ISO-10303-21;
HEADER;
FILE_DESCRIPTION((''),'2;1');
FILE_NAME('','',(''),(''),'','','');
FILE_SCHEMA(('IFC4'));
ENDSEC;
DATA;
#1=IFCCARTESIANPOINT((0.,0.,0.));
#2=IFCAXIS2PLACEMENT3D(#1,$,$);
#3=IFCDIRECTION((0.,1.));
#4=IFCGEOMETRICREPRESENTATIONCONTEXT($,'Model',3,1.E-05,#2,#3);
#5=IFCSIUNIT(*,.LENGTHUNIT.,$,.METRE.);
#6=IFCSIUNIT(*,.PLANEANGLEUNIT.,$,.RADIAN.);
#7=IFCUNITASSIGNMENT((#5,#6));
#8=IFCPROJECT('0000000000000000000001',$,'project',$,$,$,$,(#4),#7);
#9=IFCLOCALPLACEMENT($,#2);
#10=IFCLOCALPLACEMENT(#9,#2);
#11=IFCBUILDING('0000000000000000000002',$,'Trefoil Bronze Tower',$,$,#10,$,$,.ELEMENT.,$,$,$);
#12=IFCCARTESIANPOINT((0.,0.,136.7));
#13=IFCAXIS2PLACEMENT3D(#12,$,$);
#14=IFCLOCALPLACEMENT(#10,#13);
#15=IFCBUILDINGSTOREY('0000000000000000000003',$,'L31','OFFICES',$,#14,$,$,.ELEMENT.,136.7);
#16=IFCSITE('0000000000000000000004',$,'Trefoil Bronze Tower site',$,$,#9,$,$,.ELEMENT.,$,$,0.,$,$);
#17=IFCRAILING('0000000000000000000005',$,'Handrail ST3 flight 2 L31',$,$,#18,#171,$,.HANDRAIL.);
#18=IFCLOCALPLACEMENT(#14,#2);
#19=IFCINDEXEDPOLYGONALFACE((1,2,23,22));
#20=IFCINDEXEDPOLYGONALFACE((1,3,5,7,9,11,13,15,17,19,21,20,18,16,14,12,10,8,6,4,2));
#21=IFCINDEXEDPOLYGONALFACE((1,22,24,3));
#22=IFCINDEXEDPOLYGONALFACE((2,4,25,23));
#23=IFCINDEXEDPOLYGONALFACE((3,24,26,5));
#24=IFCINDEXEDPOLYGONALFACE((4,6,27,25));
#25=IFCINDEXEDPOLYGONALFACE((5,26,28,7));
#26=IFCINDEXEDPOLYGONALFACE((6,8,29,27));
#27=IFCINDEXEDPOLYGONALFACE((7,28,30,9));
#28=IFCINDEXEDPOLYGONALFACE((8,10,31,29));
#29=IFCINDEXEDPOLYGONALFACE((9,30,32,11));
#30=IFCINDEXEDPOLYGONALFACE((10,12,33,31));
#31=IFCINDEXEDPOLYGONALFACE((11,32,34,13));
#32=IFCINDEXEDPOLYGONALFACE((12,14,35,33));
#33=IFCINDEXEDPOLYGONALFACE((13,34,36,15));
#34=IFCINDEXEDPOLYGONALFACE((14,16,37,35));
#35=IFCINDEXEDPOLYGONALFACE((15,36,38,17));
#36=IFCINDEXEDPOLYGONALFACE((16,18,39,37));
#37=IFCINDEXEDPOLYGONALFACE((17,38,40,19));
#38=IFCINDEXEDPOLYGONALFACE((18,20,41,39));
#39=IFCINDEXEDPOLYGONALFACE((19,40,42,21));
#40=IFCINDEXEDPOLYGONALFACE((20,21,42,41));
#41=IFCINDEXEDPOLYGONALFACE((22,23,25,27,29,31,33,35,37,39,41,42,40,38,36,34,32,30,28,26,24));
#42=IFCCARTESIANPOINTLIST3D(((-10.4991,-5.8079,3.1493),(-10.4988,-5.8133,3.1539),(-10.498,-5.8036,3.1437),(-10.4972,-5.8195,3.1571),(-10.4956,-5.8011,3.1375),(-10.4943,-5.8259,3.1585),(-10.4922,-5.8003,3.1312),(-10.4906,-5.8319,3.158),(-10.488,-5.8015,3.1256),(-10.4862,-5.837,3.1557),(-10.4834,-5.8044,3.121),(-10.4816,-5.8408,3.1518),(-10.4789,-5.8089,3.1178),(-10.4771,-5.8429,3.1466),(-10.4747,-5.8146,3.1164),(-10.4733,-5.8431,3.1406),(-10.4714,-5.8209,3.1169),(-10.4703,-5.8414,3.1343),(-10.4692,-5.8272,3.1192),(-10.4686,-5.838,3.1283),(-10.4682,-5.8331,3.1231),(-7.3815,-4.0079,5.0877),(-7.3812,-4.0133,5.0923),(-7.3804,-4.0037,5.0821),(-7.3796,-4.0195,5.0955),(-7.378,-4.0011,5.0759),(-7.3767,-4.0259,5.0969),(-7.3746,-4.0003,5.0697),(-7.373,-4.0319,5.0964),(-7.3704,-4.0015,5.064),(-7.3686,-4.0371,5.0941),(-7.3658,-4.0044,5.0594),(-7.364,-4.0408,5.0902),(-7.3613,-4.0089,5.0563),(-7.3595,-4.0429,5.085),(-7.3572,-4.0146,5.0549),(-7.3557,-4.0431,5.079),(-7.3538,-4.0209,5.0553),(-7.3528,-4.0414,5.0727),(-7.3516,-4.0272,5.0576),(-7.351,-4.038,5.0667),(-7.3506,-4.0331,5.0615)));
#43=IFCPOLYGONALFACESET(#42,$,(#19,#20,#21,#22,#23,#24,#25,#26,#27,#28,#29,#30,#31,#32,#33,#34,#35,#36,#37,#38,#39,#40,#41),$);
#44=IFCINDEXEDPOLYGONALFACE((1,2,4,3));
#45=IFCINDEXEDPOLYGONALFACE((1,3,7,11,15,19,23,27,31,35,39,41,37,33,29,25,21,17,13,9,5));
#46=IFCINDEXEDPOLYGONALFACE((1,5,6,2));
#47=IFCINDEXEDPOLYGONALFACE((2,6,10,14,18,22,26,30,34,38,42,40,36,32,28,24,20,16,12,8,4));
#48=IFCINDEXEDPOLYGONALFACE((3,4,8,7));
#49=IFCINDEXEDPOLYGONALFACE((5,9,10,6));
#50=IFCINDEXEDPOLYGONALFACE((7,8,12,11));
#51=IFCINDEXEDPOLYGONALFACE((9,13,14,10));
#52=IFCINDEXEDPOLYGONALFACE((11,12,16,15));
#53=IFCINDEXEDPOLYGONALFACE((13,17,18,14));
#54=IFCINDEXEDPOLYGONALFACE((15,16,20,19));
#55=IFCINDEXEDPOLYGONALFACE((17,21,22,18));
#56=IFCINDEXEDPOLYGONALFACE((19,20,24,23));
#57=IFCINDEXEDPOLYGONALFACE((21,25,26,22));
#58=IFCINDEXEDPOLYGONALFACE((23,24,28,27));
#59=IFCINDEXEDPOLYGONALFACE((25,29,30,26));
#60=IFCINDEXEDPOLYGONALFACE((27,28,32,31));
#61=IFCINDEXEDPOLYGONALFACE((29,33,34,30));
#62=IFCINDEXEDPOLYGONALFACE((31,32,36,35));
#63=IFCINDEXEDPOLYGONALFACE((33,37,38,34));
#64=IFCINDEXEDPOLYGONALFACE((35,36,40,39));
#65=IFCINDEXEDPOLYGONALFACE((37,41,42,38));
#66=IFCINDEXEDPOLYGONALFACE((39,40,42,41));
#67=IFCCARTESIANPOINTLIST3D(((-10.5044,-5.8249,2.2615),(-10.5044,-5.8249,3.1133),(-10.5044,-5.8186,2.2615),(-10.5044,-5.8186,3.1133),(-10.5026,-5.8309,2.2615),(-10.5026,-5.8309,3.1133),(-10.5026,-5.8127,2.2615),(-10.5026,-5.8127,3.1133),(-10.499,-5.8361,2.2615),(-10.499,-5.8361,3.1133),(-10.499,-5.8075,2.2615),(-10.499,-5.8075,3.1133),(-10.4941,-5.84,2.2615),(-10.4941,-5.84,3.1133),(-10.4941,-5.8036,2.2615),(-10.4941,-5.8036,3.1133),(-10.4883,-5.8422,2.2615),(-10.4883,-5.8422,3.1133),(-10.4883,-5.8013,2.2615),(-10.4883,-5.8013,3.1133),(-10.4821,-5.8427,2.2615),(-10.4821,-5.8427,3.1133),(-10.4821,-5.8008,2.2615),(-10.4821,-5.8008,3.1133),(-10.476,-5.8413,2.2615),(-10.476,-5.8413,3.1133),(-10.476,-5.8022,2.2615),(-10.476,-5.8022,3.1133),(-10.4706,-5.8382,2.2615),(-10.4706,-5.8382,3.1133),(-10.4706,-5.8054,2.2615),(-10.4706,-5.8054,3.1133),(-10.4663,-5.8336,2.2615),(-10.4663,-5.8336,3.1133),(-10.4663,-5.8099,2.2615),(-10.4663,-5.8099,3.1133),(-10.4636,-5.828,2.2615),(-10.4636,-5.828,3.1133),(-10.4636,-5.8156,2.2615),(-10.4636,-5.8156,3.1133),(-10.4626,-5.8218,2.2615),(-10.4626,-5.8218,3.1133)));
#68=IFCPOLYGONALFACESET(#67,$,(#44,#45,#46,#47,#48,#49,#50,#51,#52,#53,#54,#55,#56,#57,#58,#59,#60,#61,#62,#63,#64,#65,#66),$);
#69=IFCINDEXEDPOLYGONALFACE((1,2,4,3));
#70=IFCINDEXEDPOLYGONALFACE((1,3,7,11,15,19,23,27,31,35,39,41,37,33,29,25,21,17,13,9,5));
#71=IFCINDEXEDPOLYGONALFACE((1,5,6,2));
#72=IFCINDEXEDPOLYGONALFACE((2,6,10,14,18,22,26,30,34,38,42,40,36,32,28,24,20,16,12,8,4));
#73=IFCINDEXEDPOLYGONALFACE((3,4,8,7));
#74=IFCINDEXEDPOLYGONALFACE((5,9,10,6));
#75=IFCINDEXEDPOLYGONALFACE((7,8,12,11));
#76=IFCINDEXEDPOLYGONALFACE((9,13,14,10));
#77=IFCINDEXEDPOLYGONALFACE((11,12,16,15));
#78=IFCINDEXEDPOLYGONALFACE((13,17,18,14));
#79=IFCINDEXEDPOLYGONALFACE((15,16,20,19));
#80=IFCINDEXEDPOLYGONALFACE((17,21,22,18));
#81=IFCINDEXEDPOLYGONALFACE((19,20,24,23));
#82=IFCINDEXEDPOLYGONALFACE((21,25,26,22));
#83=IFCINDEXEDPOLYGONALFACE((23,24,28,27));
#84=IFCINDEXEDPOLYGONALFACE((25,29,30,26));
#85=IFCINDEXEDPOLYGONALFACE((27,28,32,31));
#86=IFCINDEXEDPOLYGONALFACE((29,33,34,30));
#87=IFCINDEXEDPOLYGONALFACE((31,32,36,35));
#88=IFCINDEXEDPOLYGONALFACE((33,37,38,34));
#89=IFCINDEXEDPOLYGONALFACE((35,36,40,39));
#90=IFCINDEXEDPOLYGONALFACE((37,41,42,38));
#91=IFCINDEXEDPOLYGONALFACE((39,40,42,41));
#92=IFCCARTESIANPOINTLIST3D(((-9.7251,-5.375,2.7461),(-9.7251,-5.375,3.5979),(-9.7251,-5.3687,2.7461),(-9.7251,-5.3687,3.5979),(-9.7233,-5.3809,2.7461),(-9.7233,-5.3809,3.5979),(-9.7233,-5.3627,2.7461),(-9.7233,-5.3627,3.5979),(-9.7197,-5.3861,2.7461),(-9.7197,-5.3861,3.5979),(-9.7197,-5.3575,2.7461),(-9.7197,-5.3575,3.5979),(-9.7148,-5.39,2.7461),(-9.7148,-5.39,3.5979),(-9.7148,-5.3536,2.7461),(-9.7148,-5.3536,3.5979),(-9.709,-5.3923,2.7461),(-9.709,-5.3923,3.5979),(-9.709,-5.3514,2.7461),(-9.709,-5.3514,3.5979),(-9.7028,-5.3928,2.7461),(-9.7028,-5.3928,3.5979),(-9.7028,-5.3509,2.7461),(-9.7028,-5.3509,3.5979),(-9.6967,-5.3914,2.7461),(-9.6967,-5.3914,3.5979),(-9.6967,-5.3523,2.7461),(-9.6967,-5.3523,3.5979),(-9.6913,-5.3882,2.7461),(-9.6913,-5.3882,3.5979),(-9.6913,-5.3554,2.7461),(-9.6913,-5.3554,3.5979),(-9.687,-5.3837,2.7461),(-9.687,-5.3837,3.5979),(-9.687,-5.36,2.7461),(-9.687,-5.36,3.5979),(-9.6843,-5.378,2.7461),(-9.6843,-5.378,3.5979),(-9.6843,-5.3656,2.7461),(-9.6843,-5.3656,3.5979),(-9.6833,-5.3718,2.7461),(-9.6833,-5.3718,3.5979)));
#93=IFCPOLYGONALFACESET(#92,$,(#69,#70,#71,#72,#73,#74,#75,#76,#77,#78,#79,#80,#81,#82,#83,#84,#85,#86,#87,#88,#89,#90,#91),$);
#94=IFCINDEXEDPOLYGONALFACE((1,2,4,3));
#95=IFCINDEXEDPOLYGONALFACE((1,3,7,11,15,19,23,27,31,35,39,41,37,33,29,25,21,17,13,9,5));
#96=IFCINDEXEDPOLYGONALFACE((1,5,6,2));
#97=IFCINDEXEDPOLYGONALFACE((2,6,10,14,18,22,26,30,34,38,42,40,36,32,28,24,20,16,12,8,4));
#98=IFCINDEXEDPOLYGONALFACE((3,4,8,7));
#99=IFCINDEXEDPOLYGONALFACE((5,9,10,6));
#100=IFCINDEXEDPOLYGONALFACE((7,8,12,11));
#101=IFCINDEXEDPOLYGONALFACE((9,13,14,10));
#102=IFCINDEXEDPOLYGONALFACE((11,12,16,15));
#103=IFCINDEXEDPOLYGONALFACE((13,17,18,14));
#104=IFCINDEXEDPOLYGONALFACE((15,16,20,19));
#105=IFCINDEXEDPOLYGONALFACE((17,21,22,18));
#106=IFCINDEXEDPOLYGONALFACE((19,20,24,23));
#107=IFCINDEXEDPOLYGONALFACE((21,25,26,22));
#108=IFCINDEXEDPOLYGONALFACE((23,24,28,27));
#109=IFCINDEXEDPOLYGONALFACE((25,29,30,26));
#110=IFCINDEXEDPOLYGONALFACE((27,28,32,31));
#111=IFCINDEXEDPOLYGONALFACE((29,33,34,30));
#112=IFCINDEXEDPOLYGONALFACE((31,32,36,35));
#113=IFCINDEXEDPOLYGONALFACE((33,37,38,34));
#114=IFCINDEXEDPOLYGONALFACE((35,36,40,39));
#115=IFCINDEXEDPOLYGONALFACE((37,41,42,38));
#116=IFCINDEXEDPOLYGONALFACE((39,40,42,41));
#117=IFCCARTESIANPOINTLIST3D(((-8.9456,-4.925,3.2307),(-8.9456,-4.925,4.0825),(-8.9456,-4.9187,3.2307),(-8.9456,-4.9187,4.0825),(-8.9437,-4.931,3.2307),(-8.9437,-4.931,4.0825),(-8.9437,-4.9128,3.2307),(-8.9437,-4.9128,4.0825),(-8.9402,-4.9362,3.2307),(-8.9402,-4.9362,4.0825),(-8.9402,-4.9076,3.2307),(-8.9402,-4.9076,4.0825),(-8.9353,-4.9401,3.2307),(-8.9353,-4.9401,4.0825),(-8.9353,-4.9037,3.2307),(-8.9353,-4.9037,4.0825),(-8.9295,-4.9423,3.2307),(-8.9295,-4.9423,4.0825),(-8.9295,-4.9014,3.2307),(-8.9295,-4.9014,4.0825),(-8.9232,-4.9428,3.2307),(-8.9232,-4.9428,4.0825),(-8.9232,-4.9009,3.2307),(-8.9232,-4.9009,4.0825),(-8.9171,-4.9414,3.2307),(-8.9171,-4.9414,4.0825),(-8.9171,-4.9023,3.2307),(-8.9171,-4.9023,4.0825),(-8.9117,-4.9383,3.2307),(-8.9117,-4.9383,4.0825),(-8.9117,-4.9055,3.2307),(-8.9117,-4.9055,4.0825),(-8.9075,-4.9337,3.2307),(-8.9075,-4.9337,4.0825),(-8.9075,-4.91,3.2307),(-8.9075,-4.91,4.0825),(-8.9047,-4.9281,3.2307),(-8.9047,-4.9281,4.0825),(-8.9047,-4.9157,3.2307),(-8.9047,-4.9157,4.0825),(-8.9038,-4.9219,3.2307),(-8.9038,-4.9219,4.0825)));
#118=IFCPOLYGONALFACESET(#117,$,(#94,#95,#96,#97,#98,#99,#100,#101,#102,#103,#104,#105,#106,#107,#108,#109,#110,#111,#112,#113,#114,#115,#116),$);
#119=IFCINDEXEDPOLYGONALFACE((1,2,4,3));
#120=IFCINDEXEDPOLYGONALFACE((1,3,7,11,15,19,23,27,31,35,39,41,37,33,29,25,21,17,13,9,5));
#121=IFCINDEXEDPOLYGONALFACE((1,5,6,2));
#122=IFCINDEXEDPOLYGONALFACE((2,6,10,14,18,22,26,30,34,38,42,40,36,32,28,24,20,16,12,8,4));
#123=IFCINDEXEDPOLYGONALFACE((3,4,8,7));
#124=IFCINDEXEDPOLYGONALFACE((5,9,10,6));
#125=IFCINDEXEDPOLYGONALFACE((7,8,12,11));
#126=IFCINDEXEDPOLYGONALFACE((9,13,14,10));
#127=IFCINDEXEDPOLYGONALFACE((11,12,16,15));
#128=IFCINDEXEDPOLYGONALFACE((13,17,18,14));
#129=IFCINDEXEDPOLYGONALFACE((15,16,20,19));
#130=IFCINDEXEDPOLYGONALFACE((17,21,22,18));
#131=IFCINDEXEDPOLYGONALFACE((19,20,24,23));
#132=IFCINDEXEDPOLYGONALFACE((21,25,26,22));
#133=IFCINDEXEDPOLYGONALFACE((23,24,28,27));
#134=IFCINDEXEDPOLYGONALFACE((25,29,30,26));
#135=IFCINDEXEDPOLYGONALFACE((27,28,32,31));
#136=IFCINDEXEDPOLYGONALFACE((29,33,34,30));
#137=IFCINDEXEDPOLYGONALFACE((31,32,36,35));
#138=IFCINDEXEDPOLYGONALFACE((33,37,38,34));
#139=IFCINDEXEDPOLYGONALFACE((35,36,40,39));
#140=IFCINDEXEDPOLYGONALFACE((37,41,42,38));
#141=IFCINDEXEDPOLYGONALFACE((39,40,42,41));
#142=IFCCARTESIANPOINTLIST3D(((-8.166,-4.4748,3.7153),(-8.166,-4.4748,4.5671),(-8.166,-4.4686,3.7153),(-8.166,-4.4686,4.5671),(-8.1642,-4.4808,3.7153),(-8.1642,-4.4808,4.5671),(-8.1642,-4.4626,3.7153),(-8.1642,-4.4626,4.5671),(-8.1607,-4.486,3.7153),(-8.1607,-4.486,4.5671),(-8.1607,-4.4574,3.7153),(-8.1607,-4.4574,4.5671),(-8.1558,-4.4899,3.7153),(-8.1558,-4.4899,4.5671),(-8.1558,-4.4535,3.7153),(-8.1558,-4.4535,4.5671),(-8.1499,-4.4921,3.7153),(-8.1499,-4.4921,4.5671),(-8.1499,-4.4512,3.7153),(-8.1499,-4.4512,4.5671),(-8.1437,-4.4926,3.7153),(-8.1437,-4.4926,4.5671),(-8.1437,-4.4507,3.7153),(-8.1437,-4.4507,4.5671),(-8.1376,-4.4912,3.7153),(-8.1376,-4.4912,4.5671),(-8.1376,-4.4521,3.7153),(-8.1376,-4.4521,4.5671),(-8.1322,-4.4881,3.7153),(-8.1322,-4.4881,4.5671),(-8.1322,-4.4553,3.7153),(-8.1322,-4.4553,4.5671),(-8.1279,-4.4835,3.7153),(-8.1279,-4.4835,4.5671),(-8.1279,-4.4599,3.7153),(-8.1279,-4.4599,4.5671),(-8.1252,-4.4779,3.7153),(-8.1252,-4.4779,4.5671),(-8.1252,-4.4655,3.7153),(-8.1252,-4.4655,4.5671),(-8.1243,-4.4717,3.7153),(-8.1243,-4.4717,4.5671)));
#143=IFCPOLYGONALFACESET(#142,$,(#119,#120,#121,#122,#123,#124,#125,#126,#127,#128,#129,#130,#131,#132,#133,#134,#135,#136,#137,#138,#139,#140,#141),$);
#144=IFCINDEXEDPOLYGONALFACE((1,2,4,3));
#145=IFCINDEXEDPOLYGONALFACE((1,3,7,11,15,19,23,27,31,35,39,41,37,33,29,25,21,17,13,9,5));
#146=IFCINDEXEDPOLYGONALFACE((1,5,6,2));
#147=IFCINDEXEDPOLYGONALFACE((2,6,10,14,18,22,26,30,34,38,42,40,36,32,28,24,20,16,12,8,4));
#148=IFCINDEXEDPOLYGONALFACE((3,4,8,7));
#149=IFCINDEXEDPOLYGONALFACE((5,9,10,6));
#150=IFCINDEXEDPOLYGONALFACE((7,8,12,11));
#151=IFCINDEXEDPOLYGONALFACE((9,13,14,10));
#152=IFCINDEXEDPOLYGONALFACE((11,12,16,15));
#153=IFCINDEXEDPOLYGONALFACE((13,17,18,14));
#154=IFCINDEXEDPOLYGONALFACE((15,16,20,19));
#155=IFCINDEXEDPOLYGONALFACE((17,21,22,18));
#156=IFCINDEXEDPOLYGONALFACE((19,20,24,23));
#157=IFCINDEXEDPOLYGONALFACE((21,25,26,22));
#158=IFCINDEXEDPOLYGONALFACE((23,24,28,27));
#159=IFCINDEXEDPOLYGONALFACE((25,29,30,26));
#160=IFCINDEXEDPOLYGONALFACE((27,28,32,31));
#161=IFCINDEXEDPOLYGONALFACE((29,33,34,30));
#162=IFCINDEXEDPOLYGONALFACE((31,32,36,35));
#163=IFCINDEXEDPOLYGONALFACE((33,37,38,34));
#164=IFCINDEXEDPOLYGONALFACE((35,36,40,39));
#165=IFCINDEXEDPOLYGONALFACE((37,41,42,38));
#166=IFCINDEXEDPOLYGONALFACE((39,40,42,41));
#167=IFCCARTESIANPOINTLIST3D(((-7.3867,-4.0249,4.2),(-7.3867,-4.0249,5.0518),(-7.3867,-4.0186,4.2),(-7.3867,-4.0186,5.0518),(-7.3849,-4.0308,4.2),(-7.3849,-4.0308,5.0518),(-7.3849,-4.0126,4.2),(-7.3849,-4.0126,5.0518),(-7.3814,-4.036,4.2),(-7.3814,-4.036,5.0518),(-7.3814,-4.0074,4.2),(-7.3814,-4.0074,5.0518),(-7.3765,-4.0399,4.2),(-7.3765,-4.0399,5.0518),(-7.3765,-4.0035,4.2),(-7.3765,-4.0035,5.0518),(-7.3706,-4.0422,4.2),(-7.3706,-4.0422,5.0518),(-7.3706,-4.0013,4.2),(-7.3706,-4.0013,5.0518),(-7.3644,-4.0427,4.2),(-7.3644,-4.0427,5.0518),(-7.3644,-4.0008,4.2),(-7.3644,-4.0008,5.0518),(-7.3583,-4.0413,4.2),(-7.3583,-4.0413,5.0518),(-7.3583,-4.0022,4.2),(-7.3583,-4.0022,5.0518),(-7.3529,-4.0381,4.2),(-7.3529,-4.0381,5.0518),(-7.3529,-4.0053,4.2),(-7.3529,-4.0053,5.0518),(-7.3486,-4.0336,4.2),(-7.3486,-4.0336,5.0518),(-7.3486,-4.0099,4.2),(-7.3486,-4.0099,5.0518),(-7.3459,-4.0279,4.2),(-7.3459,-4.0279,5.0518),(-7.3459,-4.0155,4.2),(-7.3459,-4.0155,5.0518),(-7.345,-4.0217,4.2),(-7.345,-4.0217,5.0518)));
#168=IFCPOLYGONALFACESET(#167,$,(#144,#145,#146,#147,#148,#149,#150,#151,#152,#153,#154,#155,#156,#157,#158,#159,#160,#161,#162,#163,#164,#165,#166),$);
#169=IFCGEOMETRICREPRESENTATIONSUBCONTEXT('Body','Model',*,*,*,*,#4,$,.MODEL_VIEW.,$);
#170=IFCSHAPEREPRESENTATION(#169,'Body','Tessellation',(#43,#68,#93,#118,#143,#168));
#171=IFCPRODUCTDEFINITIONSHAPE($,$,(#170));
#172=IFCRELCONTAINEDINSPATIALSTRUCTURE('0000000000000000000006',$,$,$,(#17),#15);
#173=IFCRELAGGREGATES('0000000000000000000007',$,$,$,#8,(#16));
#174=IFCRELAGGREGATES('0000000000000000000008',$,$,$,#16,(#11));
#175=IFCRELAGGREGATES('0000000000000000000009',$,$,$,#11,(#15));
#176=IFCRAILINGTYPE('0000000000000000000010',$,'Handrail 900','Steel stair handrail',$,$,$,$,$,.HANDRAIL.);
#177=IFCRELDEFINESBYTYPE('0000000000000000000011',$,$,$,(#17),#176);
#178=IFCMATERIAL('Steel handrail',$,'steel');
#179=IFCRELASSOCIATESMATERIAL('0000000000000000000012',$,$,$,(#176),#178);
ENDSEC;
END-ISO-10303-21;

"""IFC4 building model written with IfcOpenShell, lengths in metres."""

from ifc_helpers import new_model, si_unit, direction, frame, origin, origin_2d, place, context, subcontext, project, spatial, circle, extrude, material, type_object, element, save


model = new_model("IFC4")

# Units and contexts
model_context = context("Model", 3, precision=1e-05, world=origin(), true_north=direction((0.0, 1.0)))
body_context = subcontext(model_context, "Body", "Model", "MODEL_VIEW")
ifc_project = project(units=[si_unit("LENGTHUNIT", "METRE"), si_unit("PLANEANGLEUNIT", "RADIAN")], contexts=[model_context])

# Site, building, storey
site_placement = place(None, origin())
site = spatial("IfcSite", under=ifc_project, at=site_placement, Name="Trefoil Bronze Tower site", CompositionType="ELEMENT", RefElevation=0.0)
building_placement = place(site_placement, origin())
building = spatial("IfcBuilding", under=site, at=building_placement, Name="Trefoil Bronze Tower", CompositionType="ELEMENT")
storey_placement = place(building_placement, frame((0.0, 0.0, 136.7)))
storey = spatial("IfcBuildingStorey", under=building, at=storey_placement, Name="L31", Description="OFFICES", CompositionType="ELEMENT", Elevation=136.7)

# Railing
ifc_material_1 = material(Name="Steel handrail", Category="steel")
railing_type = type_object("IfcRailingType", Name="Handrail 900", Description="Steel stair handrail", PredefinedType="HANDRAIL", material=ifc_material_1)
railing_1_placement = place(storey_placement, frame((-10.4836, -5.8218, 2.2615)))
element("IfcRailing", 1, at=railing_1_placement, inside=storey, type_object=railing_type, Name="Handrail ST3 flight 2 L31", PredefinedType="HANDRAIL", context=body_context, shape_type="SweptSolid", body=[
    extrude(circle(Radius=0.0239, at=origin_2d()), frame((0.0, 0.0, 0.876), z_axis=(0.762503, 0.440246, 0.474102), x_axis=(-0.500012, 0.866018, 0.0)), (0.0, 0.0, 1.0), 4.0886),
    extrude(circle(Radius=0.021, at=origin_2d()), origin(), (0.0, 0.0, 1.0), 0.8518),
    extrude(circle(Radius=0.021, at=origin_2d()), frame((0.7793, 0.45, 0.4846)), (0.0, 0.0, 1.0), 0.8518),
    extrude(circle(Radius=0.021, at=origin_2d()), frame((1.5588, 0.8999, 0.9692)), (0.0, 0.0, 1.0), 0.8518),
    extrude(circle(Radius=0.021, at=origin_2d()), frame((2.3384, 1.3501, 1.4539)), (0.0, 0.0, 1.0), 0.8518),
    extrude(circle(Radius=0.021, at=origin_2d()), frame((3.1177, 1.8, 1.9385)), (0.0, 0.0, 1.0), 0.8518),
])

save(model, "model.ifc")
